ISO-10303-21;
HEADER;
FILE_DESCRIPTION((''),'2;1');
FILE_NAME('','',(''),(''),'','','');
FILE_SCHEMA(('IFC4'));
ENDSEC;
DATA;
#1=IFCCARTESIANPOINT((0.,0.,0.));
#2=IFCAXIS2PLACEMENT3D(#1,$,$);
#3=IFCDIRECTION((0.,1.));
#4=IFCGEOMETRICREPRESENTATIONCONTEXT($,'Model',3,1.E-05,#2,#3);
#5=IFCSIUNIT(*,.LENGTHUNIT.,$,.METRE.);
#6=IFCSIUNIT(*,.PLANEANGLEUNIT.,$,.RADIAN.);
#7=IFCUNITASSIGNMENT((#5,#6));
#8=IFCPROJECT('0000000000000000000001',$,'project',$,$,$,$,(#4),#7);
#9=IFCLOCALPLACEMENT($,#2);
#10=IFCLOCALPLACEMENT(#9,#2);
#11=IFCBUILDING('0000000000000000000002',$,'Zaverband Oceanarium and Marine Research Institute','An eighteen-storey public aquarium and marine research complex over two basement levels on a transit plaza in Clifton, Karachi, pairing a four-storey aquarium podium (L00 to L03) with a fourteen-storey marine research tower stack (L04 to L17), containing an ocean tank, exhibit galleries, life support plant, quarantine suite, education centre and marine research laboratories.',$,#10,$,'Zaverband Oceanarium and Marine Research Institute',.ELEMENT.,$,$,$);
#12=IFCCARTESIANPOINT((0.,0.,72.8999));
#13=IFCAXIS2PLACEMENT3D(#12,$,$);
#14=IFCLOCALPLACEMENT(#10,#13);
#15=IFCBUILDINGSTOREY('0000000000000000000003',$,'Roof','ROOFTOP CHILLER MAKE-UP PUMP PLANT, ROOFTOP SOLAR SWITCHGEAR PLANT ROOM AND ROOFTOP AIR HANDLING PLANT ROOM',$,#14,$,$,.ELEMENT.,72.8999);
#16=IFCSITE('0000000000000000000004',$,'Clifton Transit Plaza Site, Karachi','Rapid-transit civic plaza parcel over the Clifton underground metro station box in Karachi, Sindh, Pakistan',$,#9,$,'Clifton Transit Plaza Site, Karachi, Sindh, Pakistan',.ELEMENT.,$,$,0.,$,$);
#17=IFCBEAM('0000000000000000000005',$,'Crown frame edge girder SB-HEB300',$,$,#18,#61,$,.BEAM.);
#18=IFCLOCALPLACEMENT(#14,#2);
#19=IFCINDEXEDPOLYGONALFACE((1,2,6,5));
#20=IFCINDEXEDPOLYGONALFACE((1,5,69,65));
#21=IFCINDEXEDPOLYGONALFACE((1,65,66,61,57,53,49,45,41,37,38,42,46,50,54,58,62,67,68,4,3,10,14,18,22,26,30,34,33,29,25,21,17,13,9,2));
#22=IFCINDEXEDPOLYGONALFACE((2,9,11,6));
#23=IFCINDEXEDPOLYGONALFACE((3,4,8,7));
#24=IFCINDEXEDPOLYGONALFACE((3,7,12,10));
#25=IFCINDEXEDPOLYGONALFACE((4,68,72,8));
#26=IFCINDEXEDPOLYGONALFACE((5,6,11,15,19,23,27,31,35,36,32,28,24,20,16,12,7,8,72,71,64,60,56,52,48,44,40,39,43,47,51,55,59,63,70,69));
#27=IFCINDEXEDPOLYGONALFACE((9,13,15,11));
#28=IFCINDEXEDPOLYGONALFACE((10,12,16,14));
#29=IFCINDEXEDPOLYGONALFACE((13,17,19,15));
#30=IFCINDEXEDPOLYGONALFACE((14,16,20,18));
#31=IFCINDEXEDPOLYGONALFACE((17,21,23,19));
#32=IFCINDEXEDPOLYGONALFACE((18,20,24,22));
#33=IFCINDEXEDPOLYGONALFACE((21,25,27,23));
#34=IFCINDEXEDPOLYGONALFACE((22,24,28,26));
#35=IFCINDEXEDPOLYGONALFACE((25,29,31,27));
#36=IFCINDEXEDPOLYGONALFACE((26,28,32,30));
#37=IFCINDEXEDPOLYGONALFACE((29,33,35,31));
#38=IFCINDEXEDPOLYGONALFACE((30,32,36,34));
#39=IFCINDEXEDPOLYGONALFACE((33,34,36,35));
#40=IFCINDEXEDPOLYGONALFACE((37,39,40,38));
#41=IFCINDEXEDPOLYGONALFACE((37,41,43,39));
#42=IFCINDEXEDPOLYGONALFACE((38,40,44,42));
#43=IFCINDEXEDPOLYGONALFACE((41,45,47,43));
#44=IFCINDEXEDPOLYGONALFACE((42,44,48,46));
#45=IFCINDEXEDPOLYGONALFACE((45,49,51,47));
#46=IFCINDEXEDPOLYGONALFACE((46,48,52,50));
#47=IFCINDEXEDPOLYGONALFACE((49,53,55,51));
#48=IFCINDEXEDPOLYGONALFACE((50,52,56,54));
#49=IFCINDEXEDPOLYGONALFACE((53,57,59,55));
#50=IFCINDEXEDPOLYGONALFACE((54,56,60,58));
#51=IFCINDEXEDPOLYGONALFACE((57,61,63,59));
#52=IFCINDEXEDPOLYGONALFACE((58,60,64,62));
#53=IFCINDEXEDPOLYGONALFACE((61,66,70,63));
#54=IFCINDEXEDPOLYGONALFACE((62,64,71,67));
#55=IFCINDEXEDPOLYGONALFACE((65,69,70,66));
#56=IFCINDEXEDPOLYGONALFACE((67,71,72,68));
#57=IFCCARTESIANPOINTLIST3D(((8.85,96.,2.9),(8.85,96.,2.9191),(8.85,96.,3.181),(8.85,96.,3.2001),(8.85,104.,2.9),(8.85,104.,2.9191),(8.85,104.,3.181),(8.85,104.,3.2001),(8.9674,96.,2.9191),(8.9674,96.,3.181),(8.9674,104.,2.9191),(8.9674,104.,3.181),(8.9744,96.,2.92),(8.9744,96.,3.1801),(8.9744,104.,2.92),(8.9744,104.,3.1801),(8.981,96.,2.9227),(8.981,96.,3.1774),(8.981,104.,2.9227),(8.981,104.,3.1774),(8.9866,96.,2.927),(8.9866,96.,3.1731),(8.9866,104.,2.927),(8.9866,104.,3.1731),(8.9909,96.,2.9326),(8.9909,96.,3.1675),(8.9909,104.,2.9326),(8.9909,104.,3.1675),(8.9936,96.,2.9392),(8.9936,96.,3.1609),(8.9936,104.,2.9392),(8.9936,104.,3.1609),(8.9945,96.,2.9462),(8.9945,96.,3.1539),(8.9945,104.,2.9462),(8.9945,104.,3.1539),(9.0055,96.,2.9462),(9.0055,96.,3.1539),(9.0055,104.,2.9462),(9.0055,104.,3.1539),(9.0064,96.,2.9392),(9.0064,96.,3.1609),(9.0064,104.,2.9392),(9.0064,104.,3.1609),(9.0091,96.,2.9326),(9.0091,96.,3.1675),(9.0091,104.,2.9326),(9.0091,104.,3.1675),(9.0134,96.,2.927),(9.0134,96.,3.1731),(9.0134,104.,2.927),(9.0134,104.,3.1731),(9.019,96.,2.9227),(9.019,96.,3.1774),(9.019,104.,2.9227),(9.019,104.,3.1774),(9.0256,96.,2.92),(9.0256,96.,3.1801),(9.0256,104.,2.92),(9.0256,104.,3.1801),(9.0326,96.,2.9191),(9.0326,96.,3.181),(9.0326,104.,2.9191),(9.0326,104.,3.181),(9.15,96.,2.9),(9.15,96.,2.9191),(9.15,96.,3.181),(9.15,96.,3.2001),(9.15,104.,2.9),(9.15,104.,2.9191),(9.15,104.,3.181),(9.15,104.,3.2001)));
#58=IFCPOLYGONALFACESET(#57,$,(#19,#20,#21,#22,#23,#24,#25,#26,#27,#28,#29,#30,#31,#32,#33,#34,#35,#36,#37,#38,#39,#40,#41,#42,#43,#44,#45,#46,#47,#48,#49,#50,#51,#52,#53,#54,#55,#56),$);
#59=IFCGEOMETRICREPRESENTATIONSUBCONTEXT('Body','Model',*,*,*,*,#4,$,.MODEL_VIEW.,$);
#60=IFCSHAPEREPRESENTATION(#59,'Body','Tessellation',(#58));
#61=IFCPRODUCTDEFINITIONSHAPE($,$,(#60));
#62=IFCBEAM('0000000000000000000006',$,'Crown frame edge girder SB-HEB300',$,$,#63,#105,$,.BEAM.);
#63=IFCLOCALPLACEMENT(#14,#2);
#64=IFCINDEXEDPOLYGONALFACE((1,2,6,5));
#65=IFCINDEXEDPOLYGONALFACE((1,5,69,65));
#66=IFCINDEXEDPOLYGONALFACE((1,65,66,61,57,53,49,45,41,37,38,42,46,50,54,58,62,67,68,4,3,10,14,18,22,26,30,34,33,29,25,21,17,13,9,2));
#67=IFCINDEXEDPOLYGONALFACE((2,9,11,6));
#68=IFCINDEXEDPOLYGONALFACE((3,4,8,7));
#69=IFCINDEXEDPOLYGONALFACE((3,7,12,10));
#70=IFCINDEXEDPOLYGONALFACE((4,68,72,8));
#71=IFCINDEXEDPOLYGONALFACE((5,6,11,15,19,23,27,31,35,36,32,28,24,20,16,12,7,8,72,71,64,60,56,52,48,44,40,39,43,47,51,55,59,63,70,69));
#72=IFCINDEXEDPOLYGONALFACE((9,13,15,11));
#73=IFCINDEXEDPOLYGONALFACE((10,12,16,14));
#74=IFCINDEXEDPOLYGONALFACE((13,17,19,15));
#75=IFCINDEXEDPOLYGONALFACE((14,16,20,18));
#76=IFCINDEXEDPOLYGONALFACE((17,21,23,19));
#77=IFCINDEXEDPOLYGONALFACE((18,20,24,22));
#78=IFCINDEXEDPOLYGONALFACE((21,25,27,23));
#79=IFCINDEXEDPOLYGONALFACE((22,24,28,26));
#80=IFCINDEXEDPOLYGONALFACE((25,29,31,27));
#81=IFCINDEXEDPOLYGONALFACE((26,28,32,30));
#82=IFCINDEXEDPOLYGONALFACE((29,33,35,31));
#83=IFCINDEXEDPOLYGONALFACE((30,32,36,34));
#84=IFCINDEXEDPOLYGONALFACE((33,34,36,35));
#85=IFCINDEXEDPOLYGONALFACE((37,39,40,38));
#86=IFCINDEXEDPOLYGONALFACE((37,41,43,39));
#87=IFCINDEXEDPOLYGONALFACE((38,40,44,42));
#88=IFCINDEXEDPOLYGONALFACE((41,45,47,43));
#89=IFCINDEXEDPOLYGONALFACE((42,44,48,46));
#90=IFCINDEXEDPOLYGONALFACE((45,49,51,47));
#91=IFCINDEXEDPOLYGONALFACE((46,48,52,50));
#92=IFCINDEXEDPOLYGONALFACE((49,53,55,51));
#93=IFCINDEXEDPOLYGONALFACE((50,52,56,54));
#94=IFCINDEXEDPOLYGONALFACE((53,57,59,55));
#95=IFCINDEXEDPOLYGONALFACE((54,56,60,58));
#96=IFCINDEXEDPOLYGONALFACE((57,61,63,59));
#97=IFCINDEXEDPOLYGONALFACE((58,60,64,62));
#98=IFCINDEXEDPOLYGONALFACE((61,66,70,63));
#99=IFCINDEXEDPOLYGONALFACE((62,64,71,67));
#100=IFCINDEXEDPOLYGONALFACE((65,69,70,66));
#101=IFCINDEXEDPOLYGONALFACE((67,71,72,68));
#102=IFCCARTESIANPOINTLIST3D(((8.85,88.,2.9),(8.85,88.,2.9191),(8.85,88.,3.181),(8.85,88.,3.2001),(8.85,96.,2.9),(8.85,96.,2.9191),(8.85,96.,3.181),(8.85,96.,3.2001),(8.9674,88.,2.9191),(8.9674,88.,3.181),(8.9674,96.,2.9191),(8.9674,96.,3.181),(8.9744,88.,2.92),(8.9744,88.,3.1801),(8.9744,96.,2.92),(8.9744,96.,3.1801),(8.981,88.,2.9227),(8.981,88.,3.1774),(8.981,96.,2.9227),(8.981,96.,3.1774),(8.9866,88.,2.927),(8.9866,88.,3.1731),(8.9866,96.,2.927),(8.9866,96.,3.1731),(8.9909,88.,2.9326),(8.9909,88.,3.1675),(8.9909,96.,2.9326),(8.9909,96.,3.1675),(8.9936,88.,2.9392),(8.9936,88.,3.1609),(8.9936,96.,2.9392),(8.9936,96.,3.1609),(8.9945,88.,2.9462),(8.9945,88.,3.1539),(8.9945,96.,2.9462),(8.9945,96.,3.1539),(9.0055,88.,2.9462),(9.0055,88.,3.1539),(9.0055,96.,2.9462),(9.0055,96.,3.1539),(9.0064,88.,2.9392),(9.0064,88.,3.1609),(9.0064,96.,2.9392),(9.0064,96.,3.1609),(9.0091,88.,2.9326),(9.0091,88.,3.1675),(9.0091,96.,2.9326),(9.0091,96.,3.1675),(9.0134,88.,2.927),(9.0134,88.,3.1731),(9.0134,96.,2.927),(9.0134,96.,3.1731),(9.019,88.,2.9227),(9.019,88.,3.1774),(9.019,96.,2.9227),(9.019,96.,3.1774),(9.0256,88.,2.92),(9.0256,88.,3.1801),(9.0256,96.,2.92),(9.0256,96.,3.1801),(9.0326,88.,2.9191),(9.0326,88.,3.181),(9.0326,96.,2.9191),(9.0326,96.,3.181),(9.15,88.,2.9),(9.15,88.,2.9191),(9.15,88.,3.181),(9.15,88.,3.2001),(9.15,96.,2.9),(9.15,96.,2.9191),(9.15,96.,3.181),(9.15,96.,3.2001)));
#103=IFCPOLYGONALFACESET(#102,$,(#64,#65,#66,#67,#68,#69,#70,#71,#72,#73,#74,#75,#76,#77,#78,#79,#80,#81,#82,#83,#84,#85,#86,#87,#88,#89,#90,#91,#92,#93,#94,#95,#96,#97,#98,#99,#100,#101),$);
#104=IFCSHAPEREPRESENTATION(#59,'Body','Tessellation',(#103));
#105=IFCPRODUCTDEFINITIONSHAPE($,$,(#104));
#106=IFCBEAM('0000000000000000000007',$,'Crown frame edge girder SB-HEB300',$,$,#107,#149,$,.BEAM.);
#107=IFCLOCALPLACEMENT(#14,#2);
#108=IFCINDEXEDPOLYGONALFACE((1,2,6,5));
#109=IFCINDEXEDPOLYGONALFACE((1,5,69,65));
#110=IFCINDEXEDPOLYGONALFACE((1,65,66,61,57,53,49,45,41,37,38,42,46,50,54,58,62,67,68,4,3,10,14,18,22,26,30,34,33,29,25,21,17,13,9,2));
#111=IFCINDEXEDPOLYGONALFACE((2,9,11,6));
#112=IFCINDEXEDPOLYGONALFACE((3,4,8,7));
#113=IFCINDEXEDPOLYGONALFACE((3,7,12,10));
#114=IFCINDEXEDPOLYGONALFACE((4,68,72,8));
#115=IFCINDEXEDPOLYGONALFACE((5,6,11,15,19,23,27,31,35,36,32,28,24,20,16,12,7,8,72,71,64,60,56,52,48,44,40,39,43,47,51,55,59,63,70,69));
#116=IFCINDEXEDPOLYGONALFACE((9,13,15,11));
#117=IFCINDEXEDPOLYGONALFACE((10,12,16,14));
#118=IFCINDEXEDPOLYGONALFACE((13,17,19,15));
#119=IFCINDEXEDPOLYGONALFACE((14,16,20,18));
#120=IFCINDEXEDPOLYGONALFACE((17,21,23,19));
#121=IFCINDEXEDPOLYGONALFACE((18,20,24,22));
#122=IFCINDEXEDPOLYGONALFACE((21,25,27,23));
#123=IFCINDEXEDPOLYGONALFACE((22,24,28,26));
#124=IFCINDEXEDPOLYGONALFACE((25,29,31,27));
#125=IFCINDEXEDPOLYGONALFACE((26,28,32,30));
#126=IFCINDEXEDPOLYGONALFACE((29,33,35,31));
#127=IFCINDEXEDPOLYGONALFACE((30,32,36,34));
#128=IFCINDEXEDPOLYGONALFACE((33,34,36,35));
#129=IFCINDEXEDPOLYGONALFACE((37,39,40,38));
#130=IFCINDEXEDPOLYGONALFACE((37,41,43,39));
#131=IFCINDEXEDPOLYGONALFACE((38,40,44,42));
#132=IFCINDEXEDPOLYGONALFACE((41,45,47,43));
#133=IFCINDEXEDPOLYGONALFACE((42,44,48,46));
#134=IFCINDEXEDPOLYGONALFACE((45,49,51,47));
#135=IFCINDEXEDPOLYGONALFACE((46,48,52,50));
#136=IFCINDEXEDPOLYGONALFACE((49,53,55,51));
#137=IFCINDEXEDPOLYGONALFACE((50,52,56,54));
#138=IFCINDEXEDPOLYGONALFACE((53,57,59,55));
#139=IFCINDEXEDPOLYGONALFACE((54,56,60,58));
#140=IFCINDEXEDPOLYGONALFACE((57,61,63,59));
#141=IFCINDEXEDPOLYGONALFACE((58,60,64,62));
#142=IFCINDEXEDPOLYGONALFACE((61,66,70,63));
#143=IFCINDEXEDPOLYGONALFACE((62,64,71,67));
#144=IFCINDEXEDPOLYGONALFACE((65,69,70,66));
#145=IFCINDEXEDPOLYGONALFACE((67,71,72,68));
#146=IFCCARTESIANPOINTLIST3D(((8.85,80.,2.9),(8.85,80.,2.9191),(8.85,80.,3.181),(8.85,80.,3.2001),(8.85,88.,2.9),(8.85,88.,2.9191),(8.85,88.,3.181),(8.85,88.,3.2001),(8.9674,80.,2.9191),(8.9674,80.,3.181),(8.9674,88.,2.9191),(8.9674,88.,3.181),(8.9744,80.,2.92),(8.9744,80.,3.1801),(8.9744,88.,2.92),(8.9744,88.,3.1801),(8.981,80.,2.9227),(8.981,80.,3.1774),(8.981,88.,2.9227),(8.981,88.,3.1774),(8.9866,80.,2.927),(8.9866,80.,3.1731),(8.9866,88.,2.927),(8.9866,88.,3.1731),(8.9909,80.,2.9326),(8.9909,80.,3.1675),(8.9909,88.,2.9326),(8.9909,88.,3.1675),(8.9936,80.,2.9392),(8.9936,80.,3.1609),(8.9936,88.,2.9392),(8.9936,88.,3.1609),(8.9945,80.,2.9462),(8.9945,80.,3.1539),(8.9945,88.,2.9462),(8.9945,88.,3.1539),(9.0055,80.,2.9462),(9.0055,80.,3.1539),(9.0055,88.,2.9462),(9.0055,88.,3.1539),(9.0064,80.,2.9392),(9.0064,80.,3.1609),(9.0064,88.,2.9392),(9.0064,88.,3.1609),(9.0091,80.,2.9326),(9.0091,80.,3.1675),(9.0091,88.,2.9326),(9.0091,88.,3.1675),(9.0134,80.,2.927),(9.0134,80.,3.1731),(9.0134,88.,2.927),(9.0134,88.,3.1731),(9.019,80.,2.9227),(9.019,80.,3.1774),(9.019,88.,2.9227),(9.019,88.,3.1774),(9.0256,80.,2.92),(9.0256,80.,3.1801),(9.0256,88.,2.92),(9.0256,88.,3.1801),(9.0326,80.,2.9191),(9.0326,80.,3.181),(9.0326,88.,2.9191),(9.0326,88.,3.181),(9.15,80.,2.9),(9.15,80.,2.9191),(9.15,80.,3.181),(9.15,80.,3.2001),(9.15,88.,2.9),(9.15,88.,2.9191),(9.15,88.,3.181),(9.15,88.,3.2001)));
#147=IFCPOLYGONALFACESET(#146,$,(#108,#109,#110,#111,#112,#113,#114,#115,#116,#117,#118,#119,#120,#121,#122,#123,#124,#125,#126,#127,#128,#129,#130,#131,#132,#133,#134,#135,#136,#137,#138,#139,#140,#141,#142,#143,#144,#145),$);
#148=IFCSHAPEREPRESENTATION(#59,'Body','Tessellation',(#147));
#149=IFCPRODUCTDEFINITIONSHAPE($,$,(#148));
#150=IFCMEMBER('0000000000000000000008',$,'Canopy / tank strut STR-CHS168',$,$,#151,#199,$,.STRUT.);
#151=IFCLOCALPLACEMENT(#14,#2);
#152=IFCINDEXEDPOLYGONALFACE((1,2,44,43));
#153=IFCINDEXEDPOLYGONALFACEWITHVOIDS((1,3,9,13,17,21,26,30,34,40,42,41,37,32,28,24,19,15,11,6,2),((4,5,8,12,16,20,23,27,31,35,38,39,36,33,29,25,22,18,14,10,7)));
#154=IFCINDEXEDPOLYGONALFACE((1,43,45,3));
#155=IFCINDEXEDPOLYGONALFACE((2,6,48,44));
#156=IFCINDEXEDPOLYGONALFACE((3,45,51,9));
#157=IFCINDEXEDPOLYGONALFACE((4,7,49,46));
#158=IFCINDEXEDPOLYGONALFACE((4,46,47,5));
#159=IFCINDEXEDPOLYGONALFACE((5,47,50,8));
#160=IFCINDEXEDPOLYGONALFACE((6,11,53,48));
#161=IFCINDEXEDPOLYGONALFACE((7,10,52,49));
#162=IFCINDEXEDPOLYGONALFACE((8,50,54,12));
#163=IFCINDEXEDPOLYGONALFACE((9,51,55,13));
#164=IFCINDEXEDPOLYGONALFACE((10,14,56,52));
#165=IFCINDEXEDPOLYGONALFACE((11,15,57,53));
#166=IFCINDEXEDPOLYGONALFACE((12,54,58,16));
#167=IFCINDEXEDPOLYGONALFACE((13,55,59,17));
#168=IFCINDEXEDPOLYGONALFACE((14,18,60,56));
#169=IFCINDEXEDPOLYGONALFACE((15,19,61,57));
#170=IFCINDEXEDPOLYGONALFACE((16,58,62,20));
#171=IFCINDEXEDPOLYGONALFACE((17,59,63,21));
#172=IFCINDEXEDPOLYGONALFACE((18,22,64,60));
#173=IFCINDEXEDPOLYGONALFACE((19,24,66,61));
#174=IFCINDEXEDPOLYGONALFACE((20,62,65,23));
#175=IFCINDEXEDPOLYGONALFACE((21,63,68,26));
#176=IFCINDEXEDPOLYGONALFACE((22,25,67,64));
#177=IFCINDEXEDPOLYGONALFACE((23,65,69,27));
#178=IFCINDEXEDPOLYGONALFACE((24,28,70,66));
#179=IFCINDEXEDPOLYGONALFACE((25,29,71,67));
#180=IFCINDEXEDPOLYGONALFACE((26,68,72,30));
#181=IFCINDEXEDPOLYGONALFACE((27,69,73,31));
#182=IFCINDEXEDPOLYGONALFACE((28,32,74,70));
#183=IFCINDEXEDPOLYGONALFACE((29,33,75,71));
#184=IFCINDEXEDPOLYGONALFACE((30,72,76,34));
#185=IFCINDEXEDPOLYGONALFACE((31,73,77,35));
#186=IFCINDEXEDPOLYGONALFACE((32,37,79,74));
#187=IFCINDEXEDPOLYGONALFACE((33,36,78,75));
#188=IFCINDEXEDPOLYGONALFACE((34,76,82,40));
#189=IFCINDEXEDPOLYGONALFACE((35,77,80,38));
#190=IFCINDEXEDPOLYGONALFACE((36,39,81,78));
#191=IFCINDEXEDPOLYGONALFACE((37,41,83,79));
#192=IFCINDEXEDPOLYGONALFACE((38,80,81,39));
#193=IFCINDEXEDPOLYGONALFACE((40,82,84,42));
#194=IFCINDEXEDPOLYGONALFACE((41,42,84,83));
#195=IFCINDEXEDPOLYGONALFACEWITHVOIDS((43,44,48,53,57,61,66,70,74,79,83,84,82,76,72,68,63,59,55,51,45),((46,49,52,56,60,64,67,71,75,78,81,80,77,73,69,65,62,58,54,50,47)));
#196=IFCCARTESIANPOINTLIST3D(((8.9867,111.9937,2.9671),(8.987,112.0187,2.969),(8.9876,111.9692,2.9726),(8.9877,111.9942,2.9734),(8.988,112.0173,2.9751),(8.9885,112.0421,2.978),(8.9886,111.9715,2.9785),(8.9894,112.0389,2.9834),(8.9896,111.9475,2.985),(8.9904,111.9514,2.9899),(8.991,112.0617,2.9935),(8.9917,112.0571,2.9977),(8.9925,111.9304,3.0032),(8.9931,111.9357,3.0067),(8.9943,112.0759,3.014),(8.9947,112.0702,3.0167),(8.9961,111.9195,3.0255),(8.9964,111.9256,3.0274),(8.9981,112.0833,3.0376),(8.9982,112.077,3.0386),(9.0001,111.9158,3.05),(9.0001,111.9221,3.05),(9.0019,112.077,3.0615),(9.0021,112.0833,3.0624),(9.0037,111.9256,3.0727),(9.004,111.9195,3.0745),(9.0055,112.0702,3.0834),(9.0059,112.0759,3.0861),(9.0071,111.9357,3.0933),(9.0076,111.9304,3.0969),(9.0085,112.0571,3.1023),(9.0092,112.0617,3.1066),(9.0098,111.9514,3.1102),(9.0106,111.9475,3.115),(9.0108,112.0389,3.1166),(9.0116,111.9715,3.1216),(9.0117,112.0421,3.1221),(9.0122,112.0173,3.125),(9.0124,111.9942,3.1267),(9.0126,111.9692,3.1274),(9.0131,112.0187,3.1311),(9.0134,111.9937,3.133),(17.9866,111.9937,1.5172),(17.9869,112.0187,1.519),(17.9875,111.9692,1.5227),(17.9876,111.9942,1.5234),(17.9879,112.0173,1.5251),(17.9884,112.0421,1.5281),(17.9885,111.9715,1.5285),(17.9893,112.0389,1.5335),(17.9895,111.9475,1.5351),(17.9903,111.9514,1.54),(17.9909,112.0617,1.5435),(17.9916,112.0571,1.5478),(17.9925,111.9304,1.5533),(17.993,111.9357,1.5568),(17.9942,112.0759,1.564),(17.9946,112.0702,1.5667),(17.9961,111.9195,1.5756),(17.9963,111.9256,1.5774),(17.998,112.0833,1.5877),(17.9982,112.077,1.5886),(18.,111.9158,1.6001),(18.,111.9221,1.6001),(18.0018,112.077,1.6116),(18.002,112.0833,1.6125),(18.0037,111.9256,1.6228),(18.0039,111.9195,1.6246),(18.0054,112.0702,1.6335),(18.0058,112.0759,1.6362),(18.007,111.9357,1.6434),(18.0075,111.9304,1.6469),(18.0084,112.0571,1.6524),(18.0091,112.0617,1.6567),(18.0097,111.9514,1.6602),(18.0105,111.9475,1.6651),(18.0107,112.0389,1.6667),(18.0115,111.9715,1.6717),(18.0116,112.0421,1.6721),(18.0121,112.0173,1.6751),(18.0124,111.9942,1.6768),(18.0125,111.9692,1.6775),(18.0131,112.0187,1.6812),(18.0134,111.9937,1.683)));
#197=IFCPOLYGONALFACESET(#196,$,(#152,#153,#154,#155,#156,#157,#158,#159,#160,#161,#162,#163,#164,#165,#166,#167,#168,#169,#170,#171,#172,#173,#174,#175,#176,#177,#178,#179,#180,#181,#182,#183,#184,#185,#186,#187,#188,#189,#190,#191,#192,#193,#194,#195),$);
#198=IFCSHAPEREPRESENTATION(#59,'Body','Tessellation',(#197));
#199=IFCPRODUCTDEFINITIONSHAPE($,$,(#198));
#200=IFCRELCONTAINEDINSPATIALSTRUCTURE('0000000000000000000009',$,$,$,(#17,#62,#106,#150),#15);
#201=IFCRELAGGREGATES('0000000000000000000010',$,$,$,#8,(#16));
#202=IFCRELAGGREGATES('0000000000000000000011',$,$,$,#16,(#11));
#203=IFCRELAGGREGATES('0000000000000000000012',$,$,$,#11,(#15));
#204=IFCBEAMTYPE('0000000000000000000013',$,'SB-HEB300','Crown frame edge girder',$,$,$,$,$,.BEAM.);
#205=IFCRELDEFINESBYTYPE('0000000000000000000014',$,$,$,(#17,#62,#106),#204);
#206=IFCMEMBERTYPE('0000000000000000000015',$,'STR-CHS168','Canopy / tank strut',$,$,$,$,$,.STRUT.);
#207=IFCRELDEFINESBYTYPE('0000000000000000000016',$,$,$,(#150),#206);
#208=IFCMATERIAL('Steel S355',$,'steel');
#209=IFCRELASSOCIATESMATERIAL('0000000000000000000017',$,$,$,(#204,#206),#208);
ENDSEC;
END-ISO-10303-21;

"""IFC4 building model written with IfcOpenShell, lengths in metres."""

from ifc_helpers import new_model, si_unit, direction, frame, origin, origin_2d, place, context, subcontext, project, spatial, hollow_circle, i_section, extrude, material, material_profile, profile_set, type_object, element, save


model = new_model("IFC4")

# Units and contexts
model_context = context("Model", 3, precision=1e-05, world=origin(), true_north=direction((0.0, 1.0)))
body_context = subcontext(model_context, "Body", "Model", "MODEL_VIEW")
ifc_project = project(units=[si_unit("LENGTHUNIT", "METRE"), si_unit("PLANEANGLEUNIT", "RADIAN")], contexts=[model_context])

# Site, building, storey
site_placement = place(None, origin())
site = spatial("IfcSite", under=ifc_project, at=site_placement, Name="Clifton Transit Plaza Site, Karachi", Description="Rapid-transit civic plaza parcel over the Clifton underground metro station box in Karachi, Sindh, Pakistan", LongName="Clifton Transit Plaza Site, Karachi, Sindh, Pakistan", CompositionType="ELEMENT", RefElevation=0.0)
building_placement = place(site_placement, origin())
building = spatial("IfcBuilding", under=site, at=building_placement, Name="Zaverband Oceanarium and Marine Research Institute", Description="An eighteen-storey public aquarium and marine research complex over two basement levels on a transit plaza in Clifton, Karachi, pairing a four-storey aquarium podium (L00 to L03) with a fourteen-storey marine research tower stack (L04 to L17), containing an ocean tank, exhibit galleries, life support plant, quarantine suite, education centre and marine research laboratories.", LongName="Zaverband Oceanarium and Marine Research Institute", CompositionType="ELEMENT")
storey_placement = place(building_placement, frame((0.0, 0.0, 72.8999)))
storey = spatial("IfcBuildingStorey", under=building, at=storey_placement, Name="Roof", Description="ROOFTOP CHILLER MAKE-UP PUMP PLANT, ROOFTOP SOLAR SWITCHGEAR PLANT ROOM AND ROOFTOP AIR HANDLING PLANT ROOM", CompositionType="ELEMENT", Elevation=72.8999)

# Shared definitions
ifc_material_1 = material(Name="Steel S355", Category="steel")

# Beams
ifc_material_profile_1 = material_profile(ifc_material_1, i_section(OverallWidth=0.3, OverallDepth=0.3, WebThickness=0.011, FlangeThickness=0.019, FilletRadius=0.0271, at=origin_2d()), Name="HEB300")
ifc_profile_set_1 = profile_set([ifc_material_profile_1], Name="Steel S355")
beam_type = type_object("IfcBeamType", Name="SB-HEB300", Description="Crown frame edge girder", PredefinedType="BEAM", material=ifc_profile_set_1)
for number, where, z_axis, x_axis, name in (
    (1, (9.0, 104.0, 3.05), (0.0, -1.0, 0.0), (1.0, 0.0, 0.0), "Crown frame edge girder SB-HEB300"),
    (2, (9.0, 96.0, 3.05), (0.0, -1.0, 0.0), (1.0, 0.0, 0.0), "Crown frame edge girder SB-HEB300"),
    (3, (9.0, 88.0, 3.05), (0.0, -1.0, 0.0), (1.0, 0.0, 0.0), "Crown frame edge girder SB-HEB300"),
):
    element("IfcBeam", number, at=place(storey_placement, frame(where, z_axis=z_axis, x_axis=x_axis)), inside=storey, type_object=beam_type, Name=name, PredefinedType="BEAM", context=body_context, shape_type="SweptSolid", body=[
        extrude(i_section(OverallWidth=0.3, OverallDepth=0.3, WebThickness=0.011, FlangeThickness=0.019, FilletRadius=0.0271, at=origin_2d()), origin(), (0.0, 0.0, 1.0), 8.0),
    ])

# Member
ifc_material_profile_2 = material_profile(ifc_material_1, hollow_circle(Radius=0.0842, WallThickness=0.0063, at=origin_2d()), Name="CHS168x6.3")
ifc_profile_set_2 = profile_set([ifc_material_profile_2], Name="Steel S355")
member_type_1 = type_object("IfcMemberType", Name="STR-CHS168", Description="Canopy / tank strut", PredefinedType="STRUT", material=ifc_profile_set_2)
member_1_placement = place(storey_placement, frame((18.0, 112.0, 1.6001), z_axis=(-0.98727, 0.0, 0.159055), x_axis=(0.0, -1.0, 0.0)))
element("IfcMember", 4, at=member_1_placement, inside=storey, type_object=member_type_1, Name="Canopy / tank strut STR-CHS168", PredefinedType="STRUT", context=body_context, shape_type="SweptSolid", body=[
    extrude(hollow_circle(Radius=0.0842, WallThickness=0.0063, at=origin_2d()), origin(), (0.0, 0.0, 1.0), 9.116),
])

save(model, "model.ifc")
